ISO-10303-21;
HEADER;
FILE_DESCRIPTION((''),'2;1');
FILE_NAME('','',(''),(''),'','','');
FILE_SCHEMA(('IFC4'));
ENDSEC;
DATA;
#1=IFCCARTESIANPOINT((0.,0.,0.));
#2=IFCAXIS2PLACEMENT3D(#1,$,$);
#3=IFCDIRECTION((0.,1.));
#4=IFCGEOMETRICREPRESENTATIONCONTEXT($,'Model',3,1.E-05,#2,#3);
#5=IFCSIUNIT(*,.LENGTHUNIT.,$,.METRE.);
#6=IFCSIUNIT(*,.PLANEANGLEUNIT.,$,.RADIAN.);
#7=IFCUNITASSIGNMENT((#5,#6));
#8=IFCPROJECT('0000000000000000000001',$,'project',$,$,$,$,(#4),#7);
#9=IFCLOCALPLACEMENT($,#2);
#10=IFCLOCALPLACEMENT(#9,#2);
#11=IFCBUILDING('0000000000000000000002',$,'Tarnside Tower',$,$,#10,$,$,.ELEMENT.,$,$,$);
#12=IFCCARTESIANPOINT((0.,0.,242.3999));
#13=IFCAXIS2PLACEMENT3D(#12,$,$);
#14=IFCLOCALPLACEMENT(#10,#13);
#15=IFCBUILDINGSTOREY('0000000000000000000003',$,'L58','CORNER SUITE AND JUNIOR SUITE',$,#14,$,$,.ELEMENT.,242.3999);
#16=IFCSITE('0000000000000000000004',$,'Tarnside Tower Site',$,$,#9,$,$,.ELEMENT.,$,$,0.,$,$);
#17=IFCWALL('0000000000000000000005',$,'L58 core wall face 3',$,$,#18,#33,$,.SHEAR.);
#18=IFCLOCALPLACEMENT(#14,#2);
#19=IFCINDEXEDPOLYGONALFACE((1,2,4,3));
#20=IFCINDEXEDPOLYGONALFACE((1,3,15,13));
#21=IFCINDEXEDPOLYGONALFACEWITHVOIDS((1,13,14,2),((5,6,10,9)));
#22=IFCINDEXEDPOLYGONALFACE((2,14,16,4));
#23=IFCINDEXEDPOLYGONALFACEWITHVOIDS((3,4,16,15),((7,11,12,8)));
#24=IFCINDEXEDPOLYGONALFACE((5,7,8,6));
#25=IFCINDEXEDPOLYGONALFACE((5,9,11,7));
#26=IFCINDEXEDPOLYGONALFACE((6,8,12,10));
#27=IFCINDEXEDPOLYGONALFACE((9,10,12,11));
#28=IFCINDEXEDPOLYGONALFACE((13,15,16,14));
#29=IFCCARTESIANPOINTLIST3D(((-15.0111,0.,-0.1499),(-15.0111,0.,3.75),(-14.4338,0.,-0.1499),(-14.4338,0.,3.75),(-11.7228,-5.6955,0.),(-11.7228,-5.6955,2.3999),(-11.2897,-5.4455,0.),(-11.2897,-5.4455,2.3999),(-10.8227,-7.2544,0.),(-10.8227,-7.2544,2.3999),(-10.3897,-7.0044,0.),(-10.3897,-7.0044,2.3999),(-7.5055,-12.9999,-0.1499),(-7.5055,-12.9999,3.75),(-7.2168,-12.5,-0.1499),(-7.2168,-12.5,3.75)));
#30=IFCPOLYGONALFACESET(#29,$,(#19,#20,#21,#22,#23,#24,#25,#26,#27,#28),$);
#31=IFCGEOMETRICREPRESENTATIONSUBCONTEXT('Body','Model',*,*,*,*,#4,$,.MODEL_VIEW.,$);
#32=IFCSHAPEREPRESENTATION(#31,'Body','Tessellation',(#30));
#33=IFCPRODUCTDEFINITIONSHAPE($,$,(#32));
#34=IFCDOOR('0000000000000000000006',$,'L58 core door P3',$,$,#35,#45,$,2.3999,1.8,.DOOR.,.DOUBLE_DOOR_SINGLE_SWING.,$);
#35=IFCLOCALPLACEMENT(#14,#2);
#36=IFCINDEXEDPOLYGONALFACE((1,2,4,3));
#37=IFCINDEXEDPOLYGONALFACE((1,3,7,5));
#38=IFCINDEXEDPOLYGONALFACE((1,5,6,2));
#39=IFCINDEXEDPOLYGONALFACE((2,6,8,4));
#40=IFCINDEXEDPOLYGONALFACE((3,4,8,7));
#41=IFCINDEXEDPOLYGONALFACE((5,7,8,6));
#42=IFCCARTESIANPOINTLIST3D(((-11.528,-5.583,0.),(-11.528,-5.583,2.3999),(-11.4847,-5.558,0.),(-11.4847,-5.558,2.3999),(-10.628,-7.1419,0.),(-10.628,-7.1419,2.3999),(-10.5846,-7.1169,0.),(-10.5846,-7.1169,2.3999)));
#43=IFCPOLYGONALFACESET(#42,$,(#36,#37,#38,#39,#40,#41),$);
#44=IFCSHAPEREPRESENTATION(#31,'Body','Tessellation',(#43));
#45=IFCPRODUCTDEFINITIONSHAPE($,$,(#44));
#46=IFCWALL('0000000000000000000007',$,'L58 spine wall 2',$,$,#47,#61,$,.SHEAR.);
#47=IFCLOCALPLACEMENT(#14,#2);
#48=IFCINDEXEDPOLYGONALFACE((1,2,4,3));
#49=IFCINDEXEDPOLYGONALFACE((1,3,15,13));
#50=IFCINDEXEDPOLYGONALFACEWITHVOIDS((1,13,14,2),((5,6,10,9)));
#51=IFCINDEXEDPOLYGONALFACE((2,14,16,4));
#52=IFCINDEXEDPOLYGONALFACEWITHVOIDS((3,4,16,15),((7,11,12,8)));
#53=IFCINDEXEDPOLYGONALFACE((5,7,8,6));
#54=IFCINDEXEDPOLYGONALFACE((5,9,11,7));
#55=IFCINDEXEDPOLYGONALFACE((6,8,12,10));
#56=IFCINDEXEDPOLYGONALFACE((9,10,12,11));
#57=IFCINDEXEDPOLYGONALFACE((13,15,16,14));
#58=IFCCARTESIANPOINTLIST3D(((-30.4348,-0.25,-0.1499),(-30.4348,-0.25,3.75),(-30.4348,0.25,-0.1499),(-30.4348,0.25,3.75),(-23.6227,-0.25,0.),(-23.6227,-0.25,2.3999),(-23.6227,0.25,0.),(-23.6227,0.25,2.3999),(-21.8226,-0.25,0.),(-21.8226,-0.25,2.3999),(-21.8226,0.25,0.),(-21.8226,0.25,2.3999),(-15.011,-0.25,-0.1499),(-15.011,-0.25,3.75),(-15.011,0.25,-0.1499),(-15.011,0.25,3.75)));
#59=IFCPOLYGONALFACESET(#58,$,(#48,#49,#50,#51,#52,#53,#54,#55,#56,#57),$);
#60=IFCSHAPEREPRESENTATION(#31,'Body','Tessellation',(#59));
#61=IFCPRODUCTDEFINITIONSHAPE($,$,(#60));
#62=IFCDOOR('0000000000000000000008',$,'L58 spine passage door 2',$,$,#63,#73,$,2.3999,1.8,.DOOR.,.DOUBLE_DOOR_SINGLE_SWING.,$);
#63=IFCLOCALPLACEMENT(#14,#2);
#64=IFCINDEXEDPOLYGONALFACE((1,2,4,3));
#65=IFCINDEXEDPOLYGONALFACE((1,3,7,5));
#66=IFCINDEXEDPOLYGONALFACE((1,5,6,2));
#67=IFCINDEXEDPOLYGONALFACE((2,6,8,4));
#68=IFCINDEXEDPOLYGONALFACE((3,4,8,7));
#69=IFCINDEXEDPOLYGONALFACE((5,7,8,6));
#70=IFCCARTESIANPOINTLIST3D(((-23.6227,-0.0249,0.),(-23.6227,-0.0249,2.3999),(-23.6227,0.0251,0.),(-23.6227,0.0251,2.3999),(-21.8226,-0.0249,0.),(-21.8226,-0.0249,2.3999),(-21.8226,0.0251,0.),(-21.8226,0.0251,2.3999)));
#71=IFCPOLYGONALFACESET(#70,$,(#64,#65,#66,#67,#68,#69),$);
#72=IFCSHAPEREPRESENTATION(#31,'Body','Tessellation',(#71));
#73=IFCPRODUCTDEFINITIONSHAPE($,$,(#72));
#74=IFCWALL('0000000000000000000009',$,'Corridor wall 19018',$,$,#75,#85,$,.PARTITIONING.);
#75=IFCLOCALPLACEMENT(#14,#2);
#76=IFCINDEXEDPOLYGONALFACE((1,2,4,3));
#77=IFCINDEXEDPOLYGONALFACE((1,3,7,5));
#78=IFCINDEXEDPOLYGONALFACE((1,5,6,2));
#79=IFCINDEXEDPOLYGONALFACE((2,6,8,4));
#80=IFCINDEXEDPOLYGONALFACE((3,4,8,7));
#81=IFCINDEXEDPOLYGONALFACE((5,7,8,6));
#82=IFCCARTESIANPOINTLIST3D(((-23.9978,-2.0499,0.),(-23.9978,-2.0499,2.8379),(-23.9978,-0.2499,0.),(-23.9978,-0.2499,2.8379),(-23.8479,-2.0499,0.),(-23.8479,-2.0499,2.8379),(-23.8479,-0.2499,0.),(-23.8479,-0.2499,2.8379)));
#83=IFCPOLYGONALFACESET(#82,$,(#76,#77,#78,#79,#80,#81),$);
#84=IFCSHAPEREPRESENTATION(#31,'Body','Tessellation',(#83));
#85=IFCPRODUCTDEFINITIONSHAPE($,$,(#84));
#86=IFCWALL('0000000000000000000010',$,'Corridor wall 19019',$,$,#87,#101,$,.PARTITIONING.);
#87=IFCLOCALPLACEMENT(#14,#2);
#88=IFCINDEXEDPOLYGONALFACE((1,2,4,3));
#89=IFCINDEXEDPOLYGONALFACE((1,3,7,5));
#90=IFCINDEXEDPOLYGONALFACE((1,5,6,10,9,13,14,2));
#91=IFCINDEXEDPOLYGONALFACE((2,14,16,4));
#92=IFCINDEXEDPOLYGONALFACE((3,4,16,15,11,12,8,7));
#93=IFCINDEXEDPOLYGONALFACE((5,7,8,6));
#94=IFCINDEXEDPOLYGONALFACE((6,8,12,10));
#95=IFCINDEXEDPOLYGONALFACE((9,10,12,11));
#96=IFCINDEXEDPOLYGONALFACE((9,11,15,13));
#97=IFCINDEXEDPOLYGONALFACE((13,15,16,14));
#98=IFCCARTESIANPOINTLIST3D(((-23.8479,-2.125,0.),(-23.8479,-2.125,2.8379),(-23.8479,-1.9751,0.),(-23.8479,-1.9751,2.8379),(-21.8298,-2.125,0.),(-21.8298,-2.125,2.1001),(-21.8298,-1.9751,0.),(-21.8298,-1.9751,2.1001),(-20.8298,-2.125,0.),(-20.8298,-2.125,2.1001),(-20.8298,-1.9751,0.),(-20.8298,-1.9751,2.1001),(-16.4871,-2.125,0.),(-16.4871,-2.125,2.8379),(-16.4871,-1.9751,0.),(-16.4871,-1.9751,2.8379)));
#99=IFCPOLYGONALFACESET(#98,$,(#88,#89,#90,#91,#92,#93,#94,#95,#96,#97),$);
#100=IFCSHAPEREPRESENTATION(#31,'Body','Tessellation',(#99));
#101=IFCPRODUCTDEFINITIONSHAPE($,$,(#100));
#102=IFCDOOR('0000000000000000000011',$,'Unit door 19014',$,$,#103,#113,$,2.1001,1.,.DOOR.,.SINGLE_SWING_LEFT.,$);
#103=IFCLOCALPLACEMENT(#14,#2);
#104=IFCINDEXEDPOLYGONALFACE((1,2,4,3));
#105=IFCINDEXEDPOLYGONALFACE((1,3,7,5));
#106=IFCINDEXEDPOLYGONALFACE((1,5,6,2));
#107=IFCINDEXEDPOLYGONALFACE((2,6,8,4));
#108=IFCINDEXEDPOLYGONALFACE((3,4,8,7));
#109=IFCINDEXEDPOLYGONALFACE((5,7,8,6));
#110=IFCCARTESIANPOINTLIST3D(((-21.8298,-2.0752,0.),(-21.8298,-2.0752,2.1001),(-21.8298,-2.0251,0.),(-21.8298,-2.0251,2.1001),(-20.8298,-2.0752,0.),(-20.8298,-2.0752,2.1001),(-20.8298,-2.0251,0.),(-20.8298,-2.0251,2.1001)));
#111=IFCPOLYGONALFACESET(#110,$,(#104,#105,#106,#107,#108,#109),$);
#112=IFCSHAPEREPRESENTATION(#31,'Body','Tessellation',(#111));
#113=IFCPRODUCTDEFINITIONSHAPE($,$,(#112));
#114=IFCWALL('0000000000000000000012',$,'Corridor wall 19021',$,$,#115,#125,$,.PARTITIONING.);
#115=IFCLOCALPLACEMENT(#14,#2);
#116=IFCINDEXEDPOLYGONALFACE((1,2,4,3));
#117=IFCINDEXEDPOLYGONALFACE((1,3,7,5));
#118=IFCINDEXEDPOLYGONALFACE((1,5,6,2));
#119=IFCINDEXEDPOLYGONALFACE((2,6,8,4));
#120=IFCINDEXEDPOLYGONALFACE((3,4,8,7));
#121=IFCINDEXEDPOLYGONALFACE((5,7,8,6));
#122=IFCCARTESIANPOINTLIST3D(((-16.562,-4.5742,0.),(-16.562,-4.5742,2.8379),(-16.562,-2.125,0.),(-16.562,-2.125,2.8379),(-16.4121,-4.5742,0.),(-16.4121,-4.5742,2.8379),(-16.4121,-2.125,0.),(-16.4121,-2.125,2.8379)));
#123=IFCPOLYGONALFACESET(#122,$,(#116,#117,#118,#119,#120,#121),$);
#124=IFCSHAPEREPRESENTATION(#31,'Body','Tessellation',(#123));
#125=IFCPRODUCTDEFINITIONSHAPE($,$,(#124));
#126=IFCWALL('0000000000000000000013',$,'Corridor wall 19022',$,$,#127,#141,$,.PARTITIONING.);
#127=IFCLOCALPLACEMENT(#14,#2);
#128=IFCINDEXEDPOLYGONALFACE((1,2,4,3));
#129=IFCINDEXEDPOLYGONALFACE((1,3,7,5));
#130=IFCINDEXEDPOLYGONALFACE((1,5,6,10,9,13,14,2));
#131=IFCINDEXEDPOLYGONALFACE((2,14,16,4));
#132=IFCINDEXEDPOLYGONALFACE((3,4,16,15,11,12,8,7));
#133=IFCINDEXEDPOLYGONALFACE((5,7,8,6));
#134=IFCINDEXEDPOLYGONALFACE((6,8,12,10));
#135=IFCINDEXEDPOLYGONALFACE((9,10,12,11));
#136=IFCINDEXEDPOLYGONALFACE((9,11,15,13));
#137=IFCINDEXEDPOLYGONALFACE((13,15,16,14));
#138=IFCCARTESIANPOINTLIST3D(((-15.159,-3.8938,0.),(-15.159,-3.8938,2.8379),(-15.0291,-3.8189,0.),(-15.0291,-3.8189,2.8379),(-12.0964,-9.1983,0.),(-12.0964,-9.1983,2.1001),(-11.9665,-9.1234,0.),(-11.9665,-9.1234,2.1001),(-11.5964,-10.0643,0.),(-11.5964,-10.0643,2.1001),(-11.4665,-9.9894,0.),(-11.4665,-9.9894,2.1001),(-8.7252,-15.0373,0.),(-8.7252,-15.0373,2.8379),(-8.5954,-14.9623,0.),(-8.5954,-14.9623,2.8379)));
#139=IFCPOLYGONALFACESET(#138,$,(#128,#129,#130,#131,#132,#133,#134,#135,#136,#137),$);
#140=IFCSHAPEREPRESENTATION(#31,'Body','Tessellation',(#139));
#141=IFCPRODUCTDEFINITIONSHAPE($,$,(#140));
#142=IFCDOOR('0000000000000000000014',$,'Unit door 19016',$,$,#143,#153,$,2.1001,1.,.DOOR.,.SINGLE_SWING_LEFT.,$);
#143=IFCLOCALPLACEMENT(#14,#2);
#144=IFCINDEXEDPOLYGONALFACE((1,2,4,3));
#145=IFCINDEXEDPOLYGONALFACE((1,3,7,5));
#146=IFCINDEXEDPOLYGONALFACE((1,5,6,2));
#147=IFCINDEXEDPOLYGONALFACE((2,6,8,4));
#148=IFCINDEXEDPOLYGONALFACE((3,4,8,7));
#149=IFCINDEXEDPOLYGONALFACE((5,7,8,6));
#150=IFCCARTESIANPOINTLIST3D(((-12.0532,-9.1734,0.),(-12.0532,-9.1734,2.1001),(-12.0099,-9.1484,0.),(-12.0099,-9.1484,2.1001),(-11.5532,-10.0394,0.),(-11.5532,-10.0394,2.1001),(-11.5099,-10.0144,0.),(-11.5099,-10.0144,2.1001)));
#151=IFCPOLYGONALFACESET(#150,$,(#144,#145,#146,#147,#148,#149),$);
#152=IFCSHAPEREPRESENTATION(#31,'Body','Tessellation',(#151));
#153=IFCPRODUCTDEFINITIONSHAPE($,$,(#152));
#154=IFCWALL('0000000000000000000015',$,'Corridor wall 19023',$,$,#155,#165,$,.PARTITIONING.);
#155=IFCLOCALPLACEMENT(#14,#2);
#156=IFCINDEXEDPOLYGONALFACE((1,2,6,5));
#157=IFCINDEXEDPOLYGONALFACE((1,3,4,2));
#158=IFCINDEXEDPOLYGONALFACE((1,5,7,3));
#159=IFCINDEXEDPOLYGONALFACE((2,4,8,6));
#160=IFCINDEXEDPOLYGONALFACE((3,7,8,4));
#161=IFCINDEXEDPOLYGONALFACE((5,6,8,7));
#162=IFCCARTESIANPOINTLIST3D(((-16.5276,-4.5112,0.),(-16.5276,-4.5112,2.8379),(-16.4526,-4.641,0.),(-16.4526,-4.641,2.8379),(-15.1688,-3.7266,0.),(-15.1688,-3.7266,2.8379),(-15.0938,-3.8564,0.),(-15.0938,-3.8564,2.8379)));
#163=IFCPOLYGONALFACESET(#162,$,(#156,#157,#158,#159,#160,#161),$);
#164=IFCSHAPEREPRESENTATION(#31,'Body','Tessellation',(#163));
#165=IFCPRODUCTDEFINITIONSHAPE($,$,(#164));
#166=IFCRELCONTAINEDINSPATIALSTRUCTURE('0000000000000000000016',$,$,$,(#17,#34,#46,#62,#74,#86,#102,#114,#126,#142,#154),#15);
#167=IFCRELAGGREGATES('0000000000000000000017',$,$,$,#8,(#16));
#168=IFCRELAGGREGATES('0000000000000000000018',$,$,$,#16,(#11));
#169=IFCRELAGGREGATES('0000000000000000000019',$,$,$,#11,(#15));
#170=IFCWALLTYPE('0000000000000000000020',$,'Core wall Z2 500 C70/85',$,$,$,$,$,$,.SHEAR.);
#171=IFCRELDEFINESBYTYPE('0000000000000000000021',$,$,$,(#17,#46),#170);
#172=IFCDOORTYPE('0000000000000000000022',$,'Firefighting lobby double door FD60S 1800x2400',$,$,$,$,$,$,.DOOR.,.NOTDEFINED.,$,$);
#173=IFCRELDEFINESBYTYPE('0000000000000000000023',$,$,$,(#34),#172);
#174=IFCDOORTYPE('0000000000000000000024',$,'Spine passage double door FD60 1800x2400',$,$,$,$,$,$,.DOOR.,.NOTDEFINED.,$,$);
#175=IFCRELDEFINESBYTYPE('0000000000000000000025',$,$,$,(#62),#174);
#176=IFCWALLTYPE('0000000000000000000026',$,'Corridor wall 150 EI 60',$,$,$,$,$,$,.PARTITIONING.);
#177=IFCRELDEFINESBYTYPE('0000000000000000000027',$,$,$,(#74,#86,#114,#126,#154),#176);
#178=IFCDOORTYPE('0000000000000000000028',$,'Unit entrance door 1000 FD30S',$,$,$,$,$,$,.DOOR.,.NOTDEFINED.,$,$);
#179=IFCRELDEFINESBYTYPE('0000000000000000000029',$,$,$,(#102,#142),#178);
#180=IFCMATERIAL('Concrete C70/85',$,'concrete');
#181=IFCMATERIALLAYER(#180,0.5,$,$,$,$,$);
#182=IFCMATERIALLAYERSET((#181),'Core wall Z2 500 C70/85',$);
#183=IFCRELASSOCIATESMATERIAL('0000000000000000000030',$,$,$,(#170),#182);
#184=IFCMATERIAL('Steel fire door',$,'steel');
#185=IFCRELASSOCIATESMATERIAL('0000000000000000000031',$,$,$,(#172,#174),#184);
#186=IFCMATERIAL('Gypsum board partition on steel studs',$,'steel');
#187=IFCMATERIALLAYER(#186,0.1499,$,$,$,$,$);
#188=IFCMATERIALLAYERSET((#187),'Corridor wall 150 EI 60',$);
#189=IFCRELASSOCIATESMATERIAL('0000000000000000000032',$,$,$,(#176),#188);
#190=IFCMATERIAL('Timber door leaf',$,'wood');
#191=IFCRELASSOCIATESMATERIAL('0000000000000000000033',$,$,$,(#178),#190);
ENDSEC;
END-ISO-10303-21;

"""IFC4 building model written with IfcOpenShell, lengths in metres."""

from ifc_helpers import new_model, si_unit, direction, frame, frame_2d, origin, place, context, subcontext, project, spatial, polyline, rectangle, outline, extrude, material, layer, layer_set, type_object, element, fill, save


model = new_model("IFC4")

# Units and contexts
model_context = context("Model", 3, precision=1e-05, world=origin(), true_north=direction((0.0, 1.0)))
body_context = subcontext(model_context, "Body", "Model", "MODEL_VIEW")
ifc_project = project(units=[si_unit("LENGTHUNIT", "METRE"), si_unit("PLANEANGLEUNIT", "RADIAN")], contexts=[model_context])

# Site, building, storey
site_placement = place(None, origin())
site = spatial("IfcSite", under=ifc_project, at=site_placement, Name="Tarnside Tower Site", CompositionType="ELEMENT", RefElevation=0.0)
building_placement = place(site_placement, origin())
building = spatial("IfcBuilding", under=site, at=building_placement, Name="Tarnside Tower", CompositionType="ELEMENT")
storey_placement = place(building_placement, frame((0.0, 0.0, 242.3999)))
storey = spatial("IfcBuildingStorey", under=building, at=storey_placement, Name="L58", Description="CORNER SUITE AND JUNIOR SUITE", CompositionType="ELEMENT", Elevation=242.3999)

# Shared definitions
ifc_material_1 = material(Name="Gypsum board partition on steel studs", Category="steel")

# Walls, openings, doors
ifc_material_2 = material(Name="Timber door leaf", Category="wood")
ifc_material_3 = material(Name="Concrete C70/85", Category="concrete")
ifc_layer_1 = layer(ifc_material_3, 0.5)
ifc_layer_set_1 = layer_set([ifc_layer_1], Name="Core wall Z2 500 C70/85")
wall_type_1 = type_object("IfcWallType", Name="Core wall Z2 500 C70/85", PredefinedType="SHEAR", material=ifc_layer_set_1)
wall_1_placement = place(storey_placement, frame((-14.7224, 0.0, -0.1499), z_axis=(0.0, 0.0, 1.0), x_axis=(0.500006, -0.866022, 0.0)))
wall_1 = element("IfcWall", 1, at=wall_1_placement, inside=storey, type_object=wall_type_1, Name="L58 core wall face 3", PredefinedType="SHEAR", context=body_context, shape_type="SweptSolid", body=[
    extrude(outline(polyline([(-0.1443, -0.25), (14.8667, -0.25), (14.5781, 0.25), (0.1443, 0.25), (-0.1443, -0.25)])), origin(), (0.0, 0.0, 1.0), 3.8999),
])
opening_1_placement = place(wall_1_placement, frame((6.4324, 0.0, 0.1499)))
opening_1 = element("IfcOpeningElement", 2, at=opening_1_placement, cuts=wall_1, PredefinedType="OPENING", context=body_context, shape_type="SweptSolid", body=[
    extrude(rectangle(XDim=1.8, YDim=2.3999, at=frame_2d((0.8999, 1.2))), frame((0.0, 0.26, 0.0), z_axis=(0.0, -1.0, 0.0), x_axis=(1.0, 0.0, 0.0)), (0.0, 0.0, 1.0), 0.52),
])
ifc_material_4 = material(Name="Steel fire door", Category="steel")
door_type_1 = type_object("IfcDoorType", Name="Firefighting lobby double door FD60S 1800x2400", OperationType="NOTDEFINED", PredefinedType="DOOR", material=ifc_material_4)
door_1_placement = place(opening_1_placement, origin())
door_1 = element("IfcDoor", 3, at=door_1_placement, inside=storey, type_object=door_type_1, Name="L58 core door P3", OperationType="DOUBLE_DOOR_SINGLE_SWING", OverallHeight=2.3999, OverallWidth=1.8, PredefinedType="DOOR", context=body_context, shape_type="SweptSolid", body=[
    extrude(rectangle(XDim=1.8, YDim=2.3999, at=frame_2d((0.8999, 1.2))), frame((0.0, 0.0249, 0.0), z_axis=(0.0, -1.0, 0.0), x_axis=(1.0, 0.0, 0.0)), (0.0, 0.0, 1.0), 0.05),
])
fill(opening_1, door_1)
wall_2_placement = place(storey_placement, frame((-15.011, 0.0, -0.1499), z_axis=(0.0, 0.0, 1.0), x_axis=(-1.0, 0.0, 0.0)))
wall_2 = element("IfcWall", 4, at=wall_2_placement, inside=storey, type_object=wall_type_1, Name="L58 spine wall 2", PredefinedType="SHEAR", context=body_context, shape_type="SweptSolid", body=[
    extrude(rectangle(XDim=15.4238, YDim=0.5, at=frame_2d((7.7119, 0.0))), origin(), (0.0, 0.0, 1.0), 3.8999),
])
opening_2_placement = place(wall_2_placement, frame((6.8118, 0.0, 0.1499)))
opening_2 = element("IfcOpeningElement", 5, at=opening_2_placement, cuts=wall_2, PredefinedType="OPENING", context=body_context, shape_type="SweptSolid", body=[
    extrude(rectangle(XDim=1.8, YDim=2.3999, at=frame_2d((0.8999, 1.2))), frame((0.0, 0.26, 0.0), z_axis=(0.0, -1.0, 0.0), x_axis=(1.0, 0.0, 0.0)), (0.0, 0.0, 1.0), 0.52),
])
door_type_2 = type_object("IfcDoorType", Name="Spine passage double door FD60 1800x2400", OperationType="NOTDEFINED", PredefinedType="DOOR", material=ifc_material_4)
door_2_placement = place(opening_2_placement, origin())
door_2 = element("IfcDoor", 6, at=door_2_placement, inside=storey, type_object=door_type_2, Name="L58 spine passage door 2", OperationType="DOUBLE_DOOR_SINGLE_SWING", OverallHeight=2.3999, OverallWidth=1.8, PredefinedType="DOOR", context=body_context, shape_type="SweptSolid", body=[
    extrude(rectangle(XDim=1.8, YDim=2.3999, at=frame_2d((0.8999, 1.2))), frame((0.0, 0.0249, 0.0), z_axis=(0.0, -1.0, 0.0), x_axis=(1.0, 0.0, 0.0)), (0.0, 0.0, 1.0), 0.05),
])
fill(opening_2, door_2)

# Wall
ifc_layer_2 = layer(ifc_material_1, 0.1499)
ifc_layer_set_2 = layer_set([ifc_layer_2], Name="Corridor wall 150 EI 60")
wall_type_2 = type_object("IfcWallType", Name="Corridor wall 150 EI 60", PredefinedType="PARTITIONING", material=ifc_layer_set_2)
wall_3_placement = place(storey_placement, frame((-23.9229, -0.25, 0.0), z_axis=(0.0, 0.0, 1.0), x_axis=(0.0, -1.0, 0.0)))
element("IfcWall", 7, at=wall_3_placement, inside=storey, type_object=wall_type_2, Name="Corridor wall 19018", PredefinedType="PARTITIONING", context=body_context, shape_type="SweptSolid", body=[
    extrude(rectangle(XDim=1.8, YDim=0.1499, at=frame_2d((0.8999, 0.0))), origin(), (0.0, 0.0, 1.0), 2.8379),
])

# Wall, opening, door
wall_4_placement = place(storey_placement, frame((-23.8479, -2.05, 0.0), z_axis=(0.0, 0.0, 1.0), x_axis=(1.0, 0.0, 0.0)))
wall_4 = element("IfcWall", 8, at=wall_4_placement, inside=storey, type_object=wall_type_2, Name="Corridor wall 19019", PredefinedType="PARTITIONING", context=body_context, shape_type="SweptSolid", body=[
    extrude(rectangle(XDim=7.3608, YDim=0.1499, at=frame_2d((3.6804, 0.0))), origin(), (0.0, 0.0, 1.0), 2.8379),
])
opening_3_placement = place(wall_4_placement, frame((2.0181, 0.0, 0.0)))
opening_3 = element("IfcOpeningElement", 9, at=opening_3_placement, cuts=wall_4, PredefinedType="OPENING", context=body_context, shape_type="SweptSolid", body=[
    extrude(rectangle(XDim=1.0, YDim=2.1001, at=frame_2d((0.5, 1.05))), frame((0.0, 0.085, 0.0), z_axis=(0.0, -1.0, 0.0), x_axis=(1.0, 0.0, 0.0)), (0.0, 0.0, 1.0), 0.1699),
])
door_type_3 = type_object("IfcDoorType", Name="Unit entrance door 1000 FD30S", OperationType="NOTDEFINED", PredefinedType="DOOR", material=ifc_material_2)
door_3_placement = place(opening_3_placement, origin())
door_3 = element("IfcDoor", 10, at=door_3_placement, inside=storey, type_object=door_type_3, Name="Unit door 19014", OperationType="SINGLE_SWING_LEFT", OverallHeight=2.1001, OverallWidth=1.0, PredefinedType="DOOR", context=body_context, shape_type="SweptSolid", body=[
    extrude(rectangle(XDim=1.0, YDim=2.1001, at=frame_2d((0.5, 1.05))), frame((0.0, 0.0249, 0.0), z_axis=(0.0, -1.0, 0.0), x_axis=(1.0, 0.0, 0.0)), (0.0, 0.0, 1.0), 0.05),
])
fill(opening_3, door_3)

# Wall
wall_5_placement = place(storey_placement, frame((-16.4871, -2.125, 0.0), z_axis=(0.0, 0.0, 1.0), x_axis=(0.0, -1.0, 0.0)))
element("IfcWall", 11, at=wall_5_placement, inside=storey, type_object=wall_type_2, Name="Corridor wall 19021", PredefinedType="PARTITIONING", context=body_context, shape_type="SweptSolid", body=[
    extrude(rectangle(XDim=2.4492, YDim=0.1499, at=frame_2d((1.2246, 0.0))), origin(), (0.0, 0.0, 1.0), 2.8379),
])

# Wall, opening, door
wall_6_placement = place(storey_placement, frame((-15.094, -3.8564, 0.0), z_axis=(0.0, 0.0, 1.0), x_axis=(0.500006, -0.866022, 0.0)))
wall_6 = element("IfcWall", 12, at=wall_6_placement, inside=storey, type_object=wall_type_2, Name="Corridor wall 19022", PredefinedType="PARTITIONING", context=body_context, shape_type="SweptSolid", body=[
    extrude(rectangle(XDim=12.8674, YDim=0.1499, at=frame_2d((6.4336, 0.0))), origin(), (0.0, 0.0, 1.0), 2.8379),
])
opening_4_placement = place(wall_6_placement, frame((6.125, 0.0, 0.0)))
opening_4 = element("IfcOpeningElement", 13, at=opening_4_placement, cuts=wall_6, PredefinedType="OPENING", context=body_context, shape_type="SweptSolid", body=[
    extrude(rectangle(XDim=1.0, YDim=2.1001, at=frame_2d((0.5, 1.05))), frame((0.0, 0.085, 0.0), z_axis=(0.0, -1.0, 0.0), x_axis=(1.0, 0.0, 0.0)), (0.0, 0.0, 1.0), 0.1699),
])
door_4_placement = place(opening_4_placement, origin())
door_4 = element("IfcDoor", 14, at=door_4_placement, inside=storey, type_object=door_type_3, Name="Unit door 19016", OperationType="SINGLE_SWING_LEFT", OverallHeight=2.1001, OverallWidth=1.0, PredefinedType="DOOR", context=body_context, shape_type="SweptSolid", body=[
    extrude(rectangle(XDim=1.0, YDim=2.1001, at=frame_2d((0.5, 1.05))), frame((0.0, 0.0249, 0.0), z_axis=(0.0, -1.0, 0.0), x_axis=(1.0, 0.0, 0.0)), (0.0, 0.0, 1.0), 0.05),
])
fill(opening_4, door_4)

# Wall
wall_7_placement = place(storey_placement, frame((-16.4902, -4.5762, 0.0), z_axis=(0.0, 0.0, 1.0), x_axis=(0.865994, 0.500055, 0.0)))
element("IfcWall", 15, at=wall_7_placement, inside=storey, type_object=wall_type_2, Name="Corridor wall 19023", PredefinedType="PARTITIONING", context=body_context, shape_type="SweptSolid", body=[
    extrude(rectangle(XDim=1.5691, YDim=0.1499, at=frame_2d((0.7847, 0.0))), origin(), (0.0, 0.0, 1.0), 2.8379),
])

save(model, "model.ifc")
